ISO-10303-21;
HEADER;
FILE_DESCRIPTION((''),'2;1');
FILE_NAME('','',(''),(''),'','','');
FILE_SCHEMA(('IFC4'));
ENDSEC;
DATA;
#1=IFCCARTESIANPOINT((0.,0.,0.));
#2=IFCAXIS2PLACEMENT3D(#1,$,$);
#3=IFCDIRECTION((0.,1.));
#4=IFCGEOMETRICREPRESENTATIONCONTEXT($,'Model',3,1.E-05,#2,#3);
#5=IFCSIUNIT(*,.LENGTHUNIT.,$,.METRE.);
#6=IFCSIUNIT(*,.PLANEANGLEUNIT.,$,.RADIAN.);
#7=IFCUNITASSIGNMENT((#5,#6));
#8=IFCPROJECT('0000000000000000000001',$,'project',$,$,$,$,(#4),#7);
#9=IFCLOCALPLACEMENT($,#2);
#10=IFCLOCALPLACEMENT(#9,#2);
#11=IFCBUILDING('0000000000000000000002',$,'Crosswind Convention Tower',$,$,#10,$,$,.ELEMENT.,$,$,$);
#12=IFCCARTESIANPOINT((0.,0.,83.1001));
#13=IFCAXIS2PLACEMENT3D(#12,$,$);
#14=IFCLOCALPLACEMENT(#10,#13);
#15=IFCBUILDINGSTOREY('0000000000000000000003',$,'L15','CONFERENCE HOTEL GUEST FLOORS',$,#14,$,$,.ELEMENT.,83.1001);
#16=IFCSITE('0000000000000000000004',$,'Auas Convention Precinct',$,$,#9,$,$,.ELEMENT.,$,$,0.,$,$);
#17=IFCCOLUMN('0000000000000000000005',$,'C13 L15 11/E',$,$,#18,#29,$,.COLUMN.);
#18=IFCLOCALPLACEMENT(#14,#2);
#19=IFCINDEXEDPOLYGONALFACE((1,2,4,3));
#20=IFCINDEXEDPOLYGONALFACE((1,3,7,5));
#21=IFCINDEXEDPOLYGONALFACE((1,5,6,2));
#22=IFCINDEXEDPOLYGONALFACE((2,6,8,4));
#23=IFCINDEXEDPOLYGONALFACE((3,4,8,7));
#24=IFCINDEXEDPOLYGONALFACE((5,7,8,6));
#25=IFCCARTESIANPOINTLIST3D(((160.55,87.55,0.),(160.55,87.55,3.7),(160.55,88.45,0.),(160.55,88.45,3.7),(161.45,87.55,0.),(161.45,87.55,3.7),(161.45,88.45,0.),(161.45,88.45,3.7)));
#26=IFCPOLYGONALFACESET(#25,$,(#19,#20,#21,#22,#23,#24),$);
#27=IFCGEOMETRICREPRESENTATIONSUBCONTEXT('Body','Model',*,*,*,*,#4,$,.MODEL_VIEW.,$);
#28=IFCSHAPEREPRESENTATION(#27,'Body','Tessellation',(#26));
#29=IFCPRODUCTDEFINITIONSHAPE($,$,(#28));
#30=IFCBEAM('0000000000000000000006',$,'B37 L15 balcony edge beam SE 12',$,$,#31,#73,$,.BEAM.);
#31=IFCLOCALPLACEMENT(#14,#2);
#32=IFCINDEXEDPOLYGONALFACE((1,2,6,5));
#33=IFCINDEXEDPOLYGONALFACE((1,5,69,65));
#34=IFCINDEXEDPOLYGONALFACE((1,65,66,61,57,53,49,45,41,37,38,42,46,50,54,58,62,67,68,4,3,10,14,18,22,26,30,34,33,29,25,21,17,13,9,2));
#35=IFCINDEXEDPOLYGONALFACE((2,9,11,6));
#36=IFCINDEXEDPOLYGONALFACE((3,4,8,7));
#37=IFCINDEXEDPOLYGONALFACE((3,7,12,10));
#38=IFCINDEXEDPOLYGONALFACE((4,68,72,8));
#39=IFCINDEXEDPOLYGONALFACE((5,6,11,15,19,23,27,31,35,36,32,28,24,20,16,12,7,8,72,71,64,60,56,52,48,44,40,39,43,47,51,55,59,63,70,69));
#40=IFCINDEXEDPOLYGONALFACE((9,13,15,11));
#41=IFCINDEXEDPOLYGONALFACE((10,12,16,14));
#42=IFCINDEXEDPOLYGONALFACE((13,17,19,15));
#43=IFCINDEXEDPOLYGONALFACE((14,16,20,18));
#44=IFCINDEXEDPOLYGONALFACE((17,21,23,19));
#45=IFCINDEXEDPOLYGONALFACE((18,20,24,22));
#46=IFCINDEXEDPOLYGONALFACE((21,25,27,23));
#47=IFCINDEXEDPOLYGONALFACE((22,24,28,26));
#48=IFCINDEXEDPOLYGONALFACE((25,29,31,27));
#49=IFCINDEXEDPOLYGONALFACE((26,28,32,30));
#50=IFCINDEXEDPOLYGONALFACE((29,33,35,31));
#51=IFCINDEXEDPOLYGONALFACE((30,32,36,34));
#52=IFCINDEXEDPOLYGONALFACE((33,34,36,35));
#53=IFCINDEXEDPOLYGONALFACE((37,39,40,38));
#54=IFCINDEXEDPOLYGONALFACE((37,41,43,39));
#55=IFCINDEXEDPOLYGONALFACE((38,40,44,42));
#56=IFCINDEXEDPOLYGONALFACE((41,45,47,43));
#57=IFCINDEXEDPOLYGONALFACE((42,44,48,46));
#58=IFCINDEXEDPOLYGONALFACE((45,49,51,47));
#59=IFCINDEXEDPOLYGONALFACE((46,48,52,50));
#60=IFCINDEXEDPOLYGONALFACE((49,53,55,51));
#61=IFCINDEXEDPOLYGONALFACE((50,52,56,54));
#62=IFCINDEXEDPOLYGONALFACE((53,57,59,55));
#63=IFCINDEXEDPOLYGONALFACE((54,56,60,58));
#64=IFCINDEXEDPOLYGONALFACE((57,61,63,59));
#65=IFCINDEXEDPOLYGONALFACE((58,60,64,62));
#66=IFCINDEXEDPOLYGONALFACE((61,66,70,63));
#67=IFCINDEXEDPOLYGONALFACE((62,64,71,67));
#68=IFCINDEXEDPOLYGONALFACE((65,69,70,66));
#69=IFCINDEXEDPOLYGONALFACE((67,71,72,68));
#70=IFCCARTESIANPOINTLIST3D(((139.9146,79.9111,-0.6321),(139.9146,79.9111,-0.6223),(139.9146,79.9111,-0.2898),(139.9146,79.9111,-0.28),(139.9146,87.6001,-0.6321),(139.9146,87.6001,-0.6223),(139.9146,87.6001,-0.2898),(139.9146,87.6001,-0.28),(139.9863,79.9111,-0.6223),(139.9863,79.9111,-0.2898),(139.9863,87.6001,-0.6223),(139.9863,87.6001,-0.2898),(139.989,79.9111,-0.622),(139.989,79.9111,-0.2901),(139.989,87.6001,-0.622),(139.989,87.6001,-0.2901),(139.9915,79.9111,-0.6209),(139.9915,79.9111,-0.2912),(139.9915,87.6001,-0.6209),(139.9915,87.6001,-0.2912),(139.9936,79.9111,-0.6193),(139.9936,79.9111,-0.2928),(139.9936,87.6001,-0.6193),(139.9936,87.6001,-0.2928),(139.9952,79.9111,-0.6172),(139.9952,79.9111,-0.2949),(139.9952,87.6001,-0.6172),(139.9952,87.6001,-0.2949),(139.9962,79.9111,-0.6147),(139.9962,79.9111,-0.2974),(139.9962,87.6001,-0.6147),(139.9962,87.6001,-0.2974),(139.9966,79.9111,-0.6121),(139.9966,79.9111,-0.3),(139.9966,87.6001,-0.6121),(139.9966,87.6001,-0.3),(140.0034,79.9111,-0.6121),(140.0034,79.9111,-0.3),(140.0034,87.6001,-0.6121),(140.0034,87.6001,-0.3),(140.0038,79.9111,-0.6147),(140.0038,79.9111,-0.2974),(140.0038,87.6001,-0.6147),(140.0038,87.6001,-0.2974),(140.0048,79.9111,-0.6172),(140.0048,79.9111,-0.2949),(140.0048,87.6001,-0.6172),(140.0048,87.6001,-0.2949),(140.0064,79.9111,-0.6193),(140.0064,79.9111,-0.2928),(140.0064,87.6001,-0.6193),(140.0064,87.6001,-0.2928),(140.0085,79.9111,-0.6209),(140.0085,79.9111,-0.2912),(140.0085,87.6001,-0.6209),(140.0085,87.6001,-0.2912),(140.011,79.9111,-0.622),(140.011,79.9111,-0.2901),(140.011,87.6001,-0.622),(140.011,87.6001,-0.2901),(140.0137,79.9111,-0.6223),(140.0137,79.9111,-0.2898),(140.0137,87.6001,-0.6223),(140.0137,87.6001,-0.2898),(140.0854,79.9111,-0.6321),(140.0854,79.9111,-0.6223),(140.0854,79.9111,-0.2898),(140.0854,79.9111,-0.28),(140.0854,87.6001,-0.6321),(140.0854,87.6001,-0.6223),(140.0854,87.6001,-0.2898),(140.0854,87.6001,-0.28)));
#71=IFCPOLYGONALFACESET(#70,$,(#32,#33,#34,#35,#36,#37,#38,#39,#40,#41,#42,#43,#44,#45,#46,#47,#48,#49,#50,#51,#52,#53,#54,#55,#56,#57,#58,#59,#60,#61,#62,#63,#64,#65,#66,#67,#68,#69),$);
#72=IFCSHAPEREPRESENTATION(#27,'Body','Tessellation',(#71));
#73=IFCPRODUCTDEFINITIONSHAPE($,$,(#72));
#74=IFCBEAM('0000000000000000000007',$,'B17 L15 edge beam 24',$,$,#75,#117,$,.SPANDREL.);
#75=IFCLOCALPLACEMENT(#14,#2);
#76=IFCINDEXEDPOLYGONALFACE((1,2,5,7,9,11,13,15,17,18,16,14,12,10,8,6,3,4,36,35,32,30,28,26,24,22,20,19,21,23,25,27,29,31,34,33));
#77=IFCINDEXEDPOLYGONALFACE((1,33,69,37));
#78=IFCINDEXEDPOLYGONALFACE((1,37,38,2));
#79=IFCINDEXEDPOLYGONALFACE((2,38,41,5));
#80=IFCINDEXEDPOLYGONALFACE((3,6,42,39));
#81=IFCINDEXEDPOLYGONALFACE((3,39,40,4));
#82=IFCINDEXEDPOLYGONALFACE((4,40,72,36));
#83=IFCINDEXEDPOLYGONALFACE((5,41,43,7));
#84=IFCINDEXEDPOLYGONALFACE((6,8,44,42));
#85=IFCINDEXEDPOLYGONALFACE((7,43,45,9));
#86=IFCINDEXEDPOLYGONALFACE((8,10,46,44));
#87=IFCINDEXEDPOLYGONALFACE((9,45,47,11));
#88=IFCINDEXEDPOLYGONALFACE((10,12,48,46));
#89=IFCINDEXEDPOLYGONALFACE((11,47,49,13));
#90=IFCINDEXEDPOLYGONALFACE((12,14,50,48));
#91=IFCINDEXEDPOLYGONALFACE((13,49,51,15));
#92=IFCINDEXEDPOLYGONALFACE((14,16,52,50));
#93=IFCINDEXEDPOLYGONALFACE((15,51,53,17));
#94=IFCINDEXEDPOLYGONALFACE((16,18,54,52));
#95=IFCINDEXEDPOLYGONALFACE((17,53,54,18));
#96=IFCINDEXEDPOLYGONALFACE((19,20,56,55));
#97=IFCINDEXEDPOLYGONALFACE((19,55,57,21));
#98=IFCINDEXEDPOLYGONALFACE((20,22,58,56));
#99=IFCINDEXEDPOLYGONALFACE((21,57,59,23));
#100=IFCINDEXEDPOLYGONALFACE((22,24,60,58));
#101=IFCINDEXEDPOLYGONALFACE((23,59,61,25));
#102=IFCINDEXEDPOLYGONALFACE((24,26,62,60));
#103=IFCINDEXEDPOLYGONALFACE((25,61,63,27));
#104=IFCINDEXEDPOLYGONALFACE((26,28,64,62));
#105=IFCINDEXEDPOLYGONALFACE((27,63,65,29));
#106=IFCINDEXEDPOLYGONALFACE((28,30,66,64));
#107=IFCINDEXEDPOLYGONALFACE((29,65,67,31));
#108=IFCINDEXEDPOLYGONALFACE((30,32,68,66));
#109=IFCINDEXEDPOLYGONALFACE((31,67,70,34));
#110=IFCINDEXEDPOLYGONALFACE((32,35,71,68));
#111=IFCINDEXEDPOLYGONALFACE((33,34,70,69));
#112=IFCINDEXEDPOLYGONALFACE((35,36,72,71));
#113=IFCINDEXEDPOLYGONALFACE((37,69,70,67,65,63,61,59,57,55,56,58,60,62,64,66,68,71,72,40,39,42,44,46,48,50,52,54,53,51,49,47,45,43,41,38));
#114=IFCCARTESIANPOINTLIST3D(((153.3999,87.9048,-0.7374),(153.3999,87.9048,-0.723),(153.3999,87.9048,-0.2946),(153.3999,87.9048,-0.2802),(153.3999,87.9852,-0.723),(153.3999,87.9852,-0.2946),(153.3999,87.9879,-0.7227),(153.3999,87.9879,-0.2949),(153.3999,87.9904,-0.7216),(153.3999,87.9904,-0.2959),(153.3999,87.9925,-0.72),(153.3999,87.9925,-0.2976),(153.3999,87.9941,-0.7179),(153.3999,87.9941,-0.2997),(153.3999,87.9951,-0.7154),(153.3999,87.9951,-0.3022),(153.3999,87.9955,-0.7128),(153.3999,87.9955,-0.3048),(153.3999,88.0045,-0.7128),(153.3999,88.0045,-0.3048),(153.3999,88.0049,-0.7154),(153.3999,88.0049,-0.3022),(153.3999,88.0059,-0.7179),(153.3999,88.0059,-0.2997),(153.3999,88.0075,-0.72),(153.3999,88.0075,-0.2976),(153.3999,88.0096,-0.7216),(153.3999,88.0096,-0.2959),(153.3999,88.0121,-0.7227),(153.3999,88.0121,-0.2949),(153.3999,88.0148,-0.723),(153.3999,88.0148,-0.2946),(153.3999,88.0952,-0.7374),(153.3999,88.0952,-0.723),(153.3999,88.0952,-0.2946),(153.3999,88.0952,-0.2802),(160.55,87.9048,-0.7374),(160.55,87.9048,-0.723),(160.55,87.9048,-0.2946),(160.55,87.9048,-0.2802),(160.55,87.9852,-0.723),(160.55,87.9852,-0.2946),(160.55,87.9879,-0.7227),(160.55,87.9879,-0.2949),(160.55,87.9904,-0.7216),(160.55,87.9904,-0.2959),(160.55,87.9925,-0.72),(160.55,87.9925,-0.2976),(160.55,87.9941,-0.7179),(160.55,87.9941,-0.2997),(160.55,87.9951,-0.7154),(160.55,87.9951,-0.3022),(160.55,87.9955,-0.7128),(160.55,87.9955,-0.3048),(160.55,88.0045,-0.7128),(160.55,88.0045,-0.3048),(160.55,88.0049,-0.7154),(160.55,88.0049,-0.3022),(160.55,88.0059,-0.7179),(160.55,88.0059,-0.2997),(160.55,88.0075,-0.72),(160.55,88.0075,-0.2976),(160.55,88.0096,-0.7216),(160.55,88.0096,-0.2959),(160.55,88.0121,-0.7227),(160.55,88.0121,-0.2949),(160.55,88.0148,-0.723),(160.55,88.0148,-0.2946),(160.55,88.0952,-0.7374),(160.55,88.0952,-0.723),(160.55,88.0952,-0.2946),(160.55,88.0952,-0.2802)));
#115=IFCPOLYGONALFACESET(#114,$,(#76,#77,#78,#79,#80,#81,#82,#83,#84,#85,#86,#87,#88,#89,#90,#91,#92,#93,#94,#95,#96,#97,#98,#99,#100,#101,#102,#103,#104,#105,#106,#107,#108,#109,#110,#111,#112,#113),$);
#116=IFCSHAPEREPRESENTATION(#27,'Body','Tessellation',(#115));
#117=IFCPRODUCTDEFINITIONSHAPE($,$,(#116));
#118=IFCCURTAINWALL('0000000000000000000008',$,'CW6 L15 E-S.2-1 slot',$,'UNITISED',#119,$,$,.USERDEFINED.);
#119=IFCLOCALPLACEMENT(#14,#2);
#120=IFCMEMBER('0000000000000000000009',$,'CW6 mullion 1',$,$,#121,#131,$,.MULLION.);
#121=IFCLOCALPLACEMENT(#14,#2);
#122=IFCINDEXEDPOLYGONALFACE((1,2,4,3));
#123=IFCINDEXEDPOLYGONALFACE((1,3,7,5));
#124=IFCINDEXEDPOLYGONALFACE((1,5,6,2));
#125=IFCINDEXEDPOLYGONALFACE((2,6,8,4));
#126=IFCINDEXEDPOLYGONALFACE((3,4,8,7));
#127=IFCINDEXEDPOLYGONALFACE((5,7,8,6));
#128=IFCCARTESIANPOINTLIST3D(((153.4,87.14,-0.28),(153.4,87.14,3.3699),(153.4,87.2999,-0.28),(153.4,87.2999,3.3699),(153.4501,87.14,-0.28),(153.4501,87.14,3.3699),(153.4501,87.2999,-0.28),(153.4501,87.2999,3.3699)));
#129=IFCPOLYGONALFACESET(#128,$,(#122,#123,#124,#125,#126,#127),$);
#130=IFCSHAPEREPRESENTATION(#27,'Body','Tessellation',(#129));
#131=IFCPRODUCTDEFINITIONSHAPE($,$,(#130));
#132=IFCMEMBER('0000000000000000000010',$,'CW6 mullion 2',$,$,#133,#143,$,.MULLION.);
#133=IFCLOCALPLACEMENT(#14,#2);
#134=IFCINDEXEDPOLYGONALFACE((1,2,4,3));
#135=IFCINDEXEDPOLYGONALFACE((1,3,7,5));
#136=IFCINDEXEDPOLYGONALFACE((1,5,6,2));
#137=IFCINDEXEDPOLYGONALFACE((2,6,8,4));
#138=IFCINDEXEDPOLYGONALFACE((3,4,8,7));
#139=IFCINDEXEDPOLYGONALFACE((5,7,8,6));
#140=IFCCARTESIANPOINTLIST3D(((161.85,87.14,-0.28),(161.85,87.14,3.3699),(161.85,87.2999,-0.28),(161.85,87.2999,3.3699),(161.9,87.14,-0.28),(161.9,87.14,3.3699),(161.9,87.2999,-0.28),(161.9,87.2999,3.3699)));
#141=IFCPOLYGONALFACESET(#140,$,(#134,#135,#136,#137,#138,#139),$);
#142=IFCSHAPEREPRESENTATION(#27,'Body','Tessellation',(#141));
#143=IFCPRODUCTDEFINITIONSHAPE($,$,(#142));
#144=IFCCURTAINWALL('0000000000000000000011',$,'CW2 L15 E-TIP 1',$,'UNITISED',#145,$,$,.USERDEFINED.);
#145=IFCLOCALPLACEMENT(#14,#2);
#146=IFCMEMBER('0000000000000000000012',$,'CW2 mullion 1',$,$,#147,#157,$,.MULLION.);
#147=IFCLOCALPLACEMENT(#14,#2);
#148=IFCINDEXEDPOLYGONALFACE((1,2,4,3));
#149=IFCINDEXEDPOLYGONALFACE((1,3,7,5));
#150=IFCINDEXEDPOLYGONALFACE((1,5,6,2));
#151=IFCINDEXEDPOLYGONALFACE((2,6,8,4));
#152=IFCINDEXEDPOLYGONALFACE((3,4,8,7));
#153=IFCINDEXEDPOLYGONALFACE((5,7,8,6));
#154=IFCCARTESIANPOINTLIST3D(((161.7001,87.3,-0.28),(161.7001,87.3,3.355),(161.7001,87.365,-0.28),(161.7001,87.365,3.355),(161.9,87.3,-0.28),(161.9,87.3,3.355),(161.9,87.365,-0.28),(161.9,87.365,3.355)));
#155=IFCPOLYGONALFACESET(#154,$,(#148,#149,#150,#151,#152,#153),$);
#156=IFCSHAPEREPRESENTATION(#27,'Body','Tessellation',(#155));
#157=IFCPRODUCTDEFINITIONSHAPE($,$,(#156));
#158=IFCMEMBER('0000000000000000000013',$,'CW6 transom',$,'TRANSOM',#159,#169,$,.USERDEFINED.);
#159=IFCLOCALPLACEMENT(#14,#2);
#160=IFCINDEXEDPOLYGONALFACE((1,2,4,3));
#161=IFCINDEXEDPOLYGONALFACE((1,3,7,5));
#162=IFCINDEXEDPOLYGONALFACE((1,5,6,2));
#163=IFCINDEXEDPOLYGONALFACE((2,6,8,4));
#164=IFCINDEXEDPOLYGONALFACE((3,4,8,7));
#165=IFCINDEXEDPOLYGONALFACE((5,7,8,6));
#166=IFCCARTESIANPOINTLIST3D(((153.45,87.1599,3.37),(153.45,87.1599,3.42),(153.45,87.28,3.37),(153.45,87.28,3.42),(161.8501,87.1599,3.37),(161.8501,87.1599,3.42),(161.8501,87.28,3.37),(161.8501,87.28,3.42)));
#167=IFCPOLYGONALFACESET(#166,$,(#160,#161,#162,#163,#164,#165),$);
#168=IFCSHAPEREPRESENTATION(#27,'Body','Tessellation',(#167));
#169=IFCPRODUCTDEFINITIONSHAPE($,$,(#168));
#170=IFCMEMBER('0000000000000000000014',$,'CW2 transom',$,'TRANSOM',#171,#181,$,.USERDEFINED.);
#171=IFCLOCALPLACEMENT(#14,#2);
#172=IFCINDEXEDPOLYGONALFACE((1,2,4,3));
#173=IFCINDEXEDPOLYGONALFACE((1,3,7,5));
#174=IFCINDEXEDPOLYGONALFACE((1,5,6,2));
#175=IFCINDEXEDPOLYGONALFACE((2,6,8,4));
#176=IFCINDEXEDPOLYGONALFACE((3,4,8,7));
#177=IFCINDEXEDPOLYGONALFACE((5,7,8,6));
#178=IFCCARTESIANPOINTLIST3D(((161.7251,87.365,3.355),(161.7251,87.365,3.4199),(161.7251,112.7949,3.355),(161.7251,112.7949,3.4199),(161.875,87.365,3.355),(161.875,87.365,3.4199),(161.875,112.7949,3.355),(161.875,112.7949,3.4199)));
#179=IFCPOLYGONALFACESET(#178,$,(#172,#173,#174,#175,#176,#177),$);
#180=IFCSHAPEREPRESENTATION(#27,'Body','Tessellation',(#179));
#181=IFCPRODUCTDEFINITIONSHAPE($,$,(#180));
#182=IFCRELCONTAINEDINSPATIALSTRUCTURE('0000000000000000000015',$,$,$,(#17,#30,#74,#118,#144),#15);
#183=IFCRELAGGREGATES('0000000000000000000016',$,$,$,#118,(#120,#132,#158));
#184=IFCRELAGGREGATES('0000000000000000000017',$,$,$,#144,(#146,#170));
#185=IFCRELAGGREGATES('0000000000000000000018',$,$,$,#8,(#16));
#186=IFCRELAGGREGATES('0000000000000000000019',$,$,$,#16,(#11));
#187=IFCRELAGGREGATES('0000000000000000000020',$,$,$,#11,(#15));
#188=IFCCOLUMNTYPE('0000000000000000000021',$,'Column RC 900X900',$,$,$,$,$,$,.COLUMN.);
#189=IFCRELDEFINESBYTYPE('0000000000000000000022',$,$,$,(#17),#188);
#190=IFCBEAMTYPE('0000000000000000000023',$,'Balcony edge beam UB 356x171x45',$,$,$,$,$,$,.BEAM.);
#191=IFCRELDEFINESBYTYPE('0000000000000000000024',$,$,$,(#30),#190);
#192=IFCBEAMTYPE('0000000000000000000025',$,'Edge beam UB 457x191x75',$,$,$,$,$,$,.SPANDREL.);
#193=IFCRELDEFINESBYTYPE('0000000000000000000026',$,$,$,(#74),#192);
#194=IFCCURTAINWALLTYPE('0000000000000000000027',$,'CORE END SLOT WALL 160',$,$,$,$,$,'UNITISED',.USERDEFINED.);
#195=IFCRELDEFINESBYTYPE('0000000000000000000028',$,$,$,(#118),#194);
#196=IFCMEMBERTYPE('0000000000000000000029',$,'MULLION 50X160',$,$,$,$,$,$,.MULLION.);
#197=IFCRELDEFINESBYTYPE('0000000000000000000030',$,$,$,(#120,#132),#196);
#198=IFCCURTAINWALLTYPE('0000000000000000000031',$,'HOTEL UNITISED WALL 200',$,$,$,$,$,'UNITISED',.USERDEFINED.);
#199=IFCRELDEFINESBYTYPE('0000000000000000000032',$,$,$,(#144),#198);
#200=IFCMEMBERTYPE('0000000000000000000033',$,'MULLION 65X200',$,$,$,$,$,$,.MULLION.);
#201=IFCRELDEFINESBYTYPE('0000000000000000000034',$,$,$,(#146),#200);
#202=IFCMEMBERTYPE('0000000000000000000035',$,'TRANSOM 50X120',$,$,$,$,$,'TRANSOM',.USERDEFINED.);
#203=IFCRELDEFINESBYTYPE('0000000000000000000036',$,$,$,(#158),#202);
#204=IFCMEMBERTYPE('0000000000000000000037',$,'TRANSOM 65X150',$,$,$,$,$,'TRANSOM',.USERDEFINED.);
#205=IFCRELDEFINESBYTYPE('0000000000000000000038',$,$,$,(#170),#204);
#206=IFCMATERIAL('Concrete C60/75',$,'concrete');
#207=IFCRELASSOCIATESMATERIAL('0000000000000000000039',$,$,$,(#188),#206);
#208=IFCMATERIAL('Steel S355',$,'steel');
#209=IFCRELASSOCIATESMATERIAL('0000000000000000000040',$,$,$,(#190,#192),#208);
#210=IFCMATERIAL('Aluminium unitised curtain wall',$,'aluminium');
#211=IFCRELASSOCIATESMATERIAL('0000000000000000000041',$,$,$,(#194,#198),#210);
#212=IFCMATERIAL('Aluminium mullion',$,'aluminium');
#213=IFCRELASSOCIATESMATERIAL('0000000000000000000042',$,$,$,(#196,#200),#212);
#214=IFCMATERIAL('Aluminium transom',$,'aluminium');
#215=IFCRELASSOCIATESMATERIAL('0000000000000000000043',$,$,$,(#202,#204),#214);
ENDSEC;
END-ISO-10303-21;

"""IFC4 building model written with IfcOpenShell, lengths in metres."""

from ifc_helpers import new_model, si_unit, direction, frame, origin, origin_2d, place, context, subcontext, project, spatial, rectangle, i_section, extrude, material, material_profile, profile_set, type_object, element, aggregate, save


model = new_model("IFC4")

# Units and contexts
model_context = context("Model", 3, precision=1e-05, world=origin(), true_north=direction((0.0, 1.0)))
body_context = subcontext(model_context, "Body", "Model", "MODEL_VIEW")
ifc_project = project(units=[si_unit("LENGTHUNIT", "METRE"), si_unit("PLANEANGLEUNIT", "RADIAN")], contexts=[model_context])

# Site, building, storey
site_placement = place(None, origin())
site = spatial("IfcSite", under=ifc_project, at=site_placement, Name="Auas Convention Precinct", CompositionType="ELEMENT", RefElevation=0.0)
building_placement = place(site_placement, origin())
building = spatial("IfcBuilding", under=site, at=building_placement, Name="Crosswind Convention Tower", CompositionType="ELEMENT")
storey_placement = place(building_placement, frame((0.0, 0.0, 83.1001)))
storey = spatial("IfcBuildingStorey", under=building, at=storey_placement, Name="L15", Description="CONFERENCE HOTEL GUEST FLOORS", CompositionType="ELEMENT", Elevation=83.1001)

# Column
ifc_material_1 = material(Name="Concrete C60/75", Category="concrete")
ifc_material_profile_1 = material_profile(ifc_material_1, rectangle(XDim=0.8999, YDim=0.8999, at=origin_2d()), Name="RC 900X900")
ifc_profile_set_1 = profile_set([ifc_material_profile_1], Name="Concrete C60/75")
column_type = type_object("IfcColumnType", Name="Column RC 900X900", PredefinedType="COLUMN", material=ifc_profile_set_1)
column_placement = place(storey_placement, frame((161.0, 88.0, 0.0), z_axis=(0.0, 0.0, 1.0), x_axis=(1.0, 0.0, 0.0)))
element("IfcColumn", 1, at=column_placement, inside=storey, type_object=column_type, Name="C13 L15 11/E", PredefinedType="COLUMN", context=body_context, shape_type="SweptSolid", body=[
    extrude(rectangle(XDim=0.8999, YDim=0.8999, at=origin_2d()), origin(), (0.0, 0.0, 1.0), 3.7),
])

# Beams
ifc_material_2 = material(Name="Steel S355", Category="steel")
ifc_material_profile_2 = material_profile(ifc_material_2, i_section(OverallWidth=0.1709, OverallDepth=0.3521, WebThickness=0.0068, FlangeThickness=0.0098, FilletRadius=0.0103, at=origin_2d()), Name="UB 356x171x45")
ifc_profile_set_2 = profile_set([ifc_material_profile_2], Name="Steel S355")
beam_type_1 = type_object("IfcBeamType", Name="Balcony edge beam UB 356x171x45", PredefinedType="BEAM", material=ifc_profile_set_2)
beam_1_placement = place(storey_placement, frame((140.0, 87.6001, -0.4561), z_axis=(0.0, -1.0, 0.0), x_axis=(1.0, 0.0, 0.0)))
element("IfcBeam", 2, at=beam_1_placement, inside=storey, type_object=beam_type_1, Name="B37 L15 balcony edge beam SE 12", PredefinedType="BEAM", context=body_context, shape_type="SweptSolid", body=[
    extrude(i_section(OverallWidth=0.1709, OverallDepth=0.3521, WebThickness=0.0068, FlangeThickness=0.0098, FilletRadius=0.0103, at=origin_2d()), origin(), (0.0, 0.0, 1.0), 7.689),
])
ifc_material_profile_3 = material_profile(ifc_material_2, i_section(OverallWidth=0.1904, OverallDepth=0.4573, WebThickness=0.009, FlangeThickness=0.0144, FilletRadius=0.0103, at=origin_2d()), Name="UB 457x191x75")
ifc_profile_set_3 = profile_set([ifc_material_profile_3], Name="Steel S355")
beam_type_2 = type_object("IfcBeamType", Name="Edge beam UB 457x191x75", PredefinedType="SPANDREL", material=ifc_profile_set_3)
beam_2_placement = place(storey_placement, frame((153.3999, 88.0, -0.5088), z_axis=(1.0, 0.0, 0.0), x_axis=(0.0, 1.0, 0.0)))
element("IfcBeam", 3, at=beam_2_placement, inside=storey, type_object=beam_type_2, Name="B17 L15 edge beam 24", PredefinedType="SPANDREL", context=body_context, shape_type="SweptSolid", body=[
    extrude(i_section(OverallWidth=0.1904, OverallDepth=0.4573, WebThickness=0.009, FlangeThickness=0.0144, FilletRadius=0.0103, at=origin_2d()), origin(), (0.0, 0.0, 1.0), 7.1501),
])

# Curtain wall, members
ifc_material_3 = material(Name="Aluminium unitised curtain wall", Category="aluminium")
curtain_wall_type_1 = type_object("IfcCurtainWallType", Name="CORE END SLOT WALL 160", ElementType="UNITISED", PredefinedType="USERDEFINED", material=ifc_material_3)
curtain_wall_1_placement = place(storey_placement, origin())
curtain_wall_1 = element("IfcCurtainWall", 4, at=curtain_wall_1_placement, inside=storey, type_object=curtain_wall_type_1, Name="CW6 L15 E-S.2-1 slot", ObjectType="UNITISED", PredefinedType="USERDEFINED")
ifc_material_4 = material(Name="Aluminium mullion", Category="aluminium")
ifc_material_profile_4 = material_profile(ifc_material_4, rectangle(XDim=0.1599, YDim=0.05, at=origin_2d()), Name="AL 160X50")
ifc_profile_set_4 = profile_set([ifc_material_profile_4], Name="Aluminium mullion")
member_type_1 = type_object("IfcMemberType", Name="MULLION 50X160", PredefinedType="MULLION", material=ifc_profile_set_4)
member_1_placement = place(storey_placement, frame((153.425, 87.22, -0.28), z_axis=(0.0, 0.0, 1.0), x_axis=(0.0, -1.0, 0.0)))
member_1 = element("IfcMember", 5, at=member_1_placement, type_object=member_type_1, Name="CW6 mullion 1", PredefinedType="MULLION", context=body_context, shape_type="SweptSolid", body=[
    extrude(rectangle(XDim=0.1599, YDim=0.05, at=origin_2d()), origin(), (0.0, 0.0, 1.0), 3.6499),
])
member_2_placement = place(storey_placement, frame((161.875, 87.22, -0.28), z_axis=(0.0, 0.0, 1.0), x_axis=(0.0, -1.0, 0.0)))
member_2 = element("IfcMember", 6, at=member_2_placement, type_object=member_type_1, Name="CW6 mullion 2", PredefinedType="MULLION", context=body_context, shape_type="SweptSolid", body=[
    extrude(rectangle(XDim=0.1599, YDim=0.05, at=origin_2d()), origin(), (0.0, 0.0, 1.0), 3.6499),
])

# Curtain wall, member
curtain_wall_type_2 = type_object("IfcCurtainWallType", Name="HOTEL UNITISED WALL 200", ElementType="UNITISED", PredefinedType="USERDEFINED", material=ifc_material_3)
curtain_wall_2_placement = place(storey_placement, origin())
curtain_wall_2 = element("IfcCurtainWall", 7, at=curtain_wall_2_placement, inside=storey, type_object=curtain_wall_type_2, Name="CW2 L15 E-TIP 1", ObjectType="UNITISED", PredefinedType="USERDEFINED")
ifc_material_profile_5 = material_profile(ifc_material_4, rectangle(XDim=0.2, YDim=0.0649, at=origin_2d()), Name="AL 200X65")
ifc_profile_set_5 = profile_set([ifc_material_profile_5], Name="Aluminium mullion")
member_type_2 = type_object("IfcMemberType", Name="MULLION 65X200", PredefinedType="MULLION", material=ifc_profile_set_5)
member_3_placement = place(storey_placement, frame((161.8, 87.3325, -0.28), z_axis=(0.0, 0.0, 1.0), x_axis=(1.0, 0.0, 0.0)))
member_3 = element("IfcMember", 8, at=member_3_placement, type_object=member_type_2, Name="CW2 mullion 1", PredefinedType="MULLION", context=body_context, shape_type="SweptSolid", body=[
    extrude(rectangle(XDim=0.2, YDim=0.0649, at=origin_2d()), origin(), (0.0, 0.0, 1.0), 3.635),
])

# Members
ifc_material_5 = material(Name="Aluminium transom", Category="aluminium")
ifc_material_profile_6 = material_profile(ifc_material_5, rectangle(XDim=0.1201, YDim=0.05, at=origin_2d()), Name="AL 120X50")
ifc_profile_set_6 = profile_set([ifc_material_profile_6], Name="Aluminium transom")
member_type_3 = type_object("IfcMemberType", Name="TRANSOM 50X120", ElementType="TRANSOM", PredefinedType="USERDEFINED", material=ifc_profile_set_6)
member_4_placement = place(storey_placement, frame((153.45, 87.22, 3.395), z_axis=(1.0, 0.0, 0.0), x_axis=(0.0, 1.0, 0.0)))
member_4 = element("IfcMember", 9, at=member_4_placement, type_object=member_type_3, Name="CW6 transom", ObjectType="TRANSOM", PredefinedType="USERDEFINED", context=body_context, shape_type="SweptSolid", body=[
    extrude(rectangle(XDim=0.1201, YDim=0.05, at=origin_2d()), origin(), (0.0, 0.0, 1.0), 8.4001),
])
ifc_material_profile_7 = material_profile(ifc_material_5, rectangle(XDim=0.1499, YDim=0.0649, at=origin_2d()), Name="AL 150X65")
ifc_profile_set_7 = profile_set([ifc_material_profile_7], Name="Aluminium transom")
member_type_4 = type_object("IfcMemberType", Name="TRANSOM 65X150", ElementType="TRANSOM", PredefinedType="USERDEFINED", material=ifc_profile_set_7)
member_5_placement = place(storey_placement, frame((161.8, 87.365, 3.3875), z_axis=(0.0, 1.0, 0.0), x_axis=(-1.0, 0.0, 0.0)))
member_5 = element("IfcMember", 10, at=member_5_placement, type_object=member_type_4, Name="CW2 transom", ObjectType="TRANSOM", PredefinedType="USERDEFINED", context=body_context, shape_type="SweptSolid", body=[
    extrude(rectangle(XDim=0.1499, YDim=0.0649, at=origin_2d()), origin(), (0.0, 0.0, 1.0), 25.4299),
])

aggregate(curtain_wall_1, [member_1, member_2, member_4])

aggregate(curtain_wall_2, [member_3, member_5])

save(model, "model.ifc")
